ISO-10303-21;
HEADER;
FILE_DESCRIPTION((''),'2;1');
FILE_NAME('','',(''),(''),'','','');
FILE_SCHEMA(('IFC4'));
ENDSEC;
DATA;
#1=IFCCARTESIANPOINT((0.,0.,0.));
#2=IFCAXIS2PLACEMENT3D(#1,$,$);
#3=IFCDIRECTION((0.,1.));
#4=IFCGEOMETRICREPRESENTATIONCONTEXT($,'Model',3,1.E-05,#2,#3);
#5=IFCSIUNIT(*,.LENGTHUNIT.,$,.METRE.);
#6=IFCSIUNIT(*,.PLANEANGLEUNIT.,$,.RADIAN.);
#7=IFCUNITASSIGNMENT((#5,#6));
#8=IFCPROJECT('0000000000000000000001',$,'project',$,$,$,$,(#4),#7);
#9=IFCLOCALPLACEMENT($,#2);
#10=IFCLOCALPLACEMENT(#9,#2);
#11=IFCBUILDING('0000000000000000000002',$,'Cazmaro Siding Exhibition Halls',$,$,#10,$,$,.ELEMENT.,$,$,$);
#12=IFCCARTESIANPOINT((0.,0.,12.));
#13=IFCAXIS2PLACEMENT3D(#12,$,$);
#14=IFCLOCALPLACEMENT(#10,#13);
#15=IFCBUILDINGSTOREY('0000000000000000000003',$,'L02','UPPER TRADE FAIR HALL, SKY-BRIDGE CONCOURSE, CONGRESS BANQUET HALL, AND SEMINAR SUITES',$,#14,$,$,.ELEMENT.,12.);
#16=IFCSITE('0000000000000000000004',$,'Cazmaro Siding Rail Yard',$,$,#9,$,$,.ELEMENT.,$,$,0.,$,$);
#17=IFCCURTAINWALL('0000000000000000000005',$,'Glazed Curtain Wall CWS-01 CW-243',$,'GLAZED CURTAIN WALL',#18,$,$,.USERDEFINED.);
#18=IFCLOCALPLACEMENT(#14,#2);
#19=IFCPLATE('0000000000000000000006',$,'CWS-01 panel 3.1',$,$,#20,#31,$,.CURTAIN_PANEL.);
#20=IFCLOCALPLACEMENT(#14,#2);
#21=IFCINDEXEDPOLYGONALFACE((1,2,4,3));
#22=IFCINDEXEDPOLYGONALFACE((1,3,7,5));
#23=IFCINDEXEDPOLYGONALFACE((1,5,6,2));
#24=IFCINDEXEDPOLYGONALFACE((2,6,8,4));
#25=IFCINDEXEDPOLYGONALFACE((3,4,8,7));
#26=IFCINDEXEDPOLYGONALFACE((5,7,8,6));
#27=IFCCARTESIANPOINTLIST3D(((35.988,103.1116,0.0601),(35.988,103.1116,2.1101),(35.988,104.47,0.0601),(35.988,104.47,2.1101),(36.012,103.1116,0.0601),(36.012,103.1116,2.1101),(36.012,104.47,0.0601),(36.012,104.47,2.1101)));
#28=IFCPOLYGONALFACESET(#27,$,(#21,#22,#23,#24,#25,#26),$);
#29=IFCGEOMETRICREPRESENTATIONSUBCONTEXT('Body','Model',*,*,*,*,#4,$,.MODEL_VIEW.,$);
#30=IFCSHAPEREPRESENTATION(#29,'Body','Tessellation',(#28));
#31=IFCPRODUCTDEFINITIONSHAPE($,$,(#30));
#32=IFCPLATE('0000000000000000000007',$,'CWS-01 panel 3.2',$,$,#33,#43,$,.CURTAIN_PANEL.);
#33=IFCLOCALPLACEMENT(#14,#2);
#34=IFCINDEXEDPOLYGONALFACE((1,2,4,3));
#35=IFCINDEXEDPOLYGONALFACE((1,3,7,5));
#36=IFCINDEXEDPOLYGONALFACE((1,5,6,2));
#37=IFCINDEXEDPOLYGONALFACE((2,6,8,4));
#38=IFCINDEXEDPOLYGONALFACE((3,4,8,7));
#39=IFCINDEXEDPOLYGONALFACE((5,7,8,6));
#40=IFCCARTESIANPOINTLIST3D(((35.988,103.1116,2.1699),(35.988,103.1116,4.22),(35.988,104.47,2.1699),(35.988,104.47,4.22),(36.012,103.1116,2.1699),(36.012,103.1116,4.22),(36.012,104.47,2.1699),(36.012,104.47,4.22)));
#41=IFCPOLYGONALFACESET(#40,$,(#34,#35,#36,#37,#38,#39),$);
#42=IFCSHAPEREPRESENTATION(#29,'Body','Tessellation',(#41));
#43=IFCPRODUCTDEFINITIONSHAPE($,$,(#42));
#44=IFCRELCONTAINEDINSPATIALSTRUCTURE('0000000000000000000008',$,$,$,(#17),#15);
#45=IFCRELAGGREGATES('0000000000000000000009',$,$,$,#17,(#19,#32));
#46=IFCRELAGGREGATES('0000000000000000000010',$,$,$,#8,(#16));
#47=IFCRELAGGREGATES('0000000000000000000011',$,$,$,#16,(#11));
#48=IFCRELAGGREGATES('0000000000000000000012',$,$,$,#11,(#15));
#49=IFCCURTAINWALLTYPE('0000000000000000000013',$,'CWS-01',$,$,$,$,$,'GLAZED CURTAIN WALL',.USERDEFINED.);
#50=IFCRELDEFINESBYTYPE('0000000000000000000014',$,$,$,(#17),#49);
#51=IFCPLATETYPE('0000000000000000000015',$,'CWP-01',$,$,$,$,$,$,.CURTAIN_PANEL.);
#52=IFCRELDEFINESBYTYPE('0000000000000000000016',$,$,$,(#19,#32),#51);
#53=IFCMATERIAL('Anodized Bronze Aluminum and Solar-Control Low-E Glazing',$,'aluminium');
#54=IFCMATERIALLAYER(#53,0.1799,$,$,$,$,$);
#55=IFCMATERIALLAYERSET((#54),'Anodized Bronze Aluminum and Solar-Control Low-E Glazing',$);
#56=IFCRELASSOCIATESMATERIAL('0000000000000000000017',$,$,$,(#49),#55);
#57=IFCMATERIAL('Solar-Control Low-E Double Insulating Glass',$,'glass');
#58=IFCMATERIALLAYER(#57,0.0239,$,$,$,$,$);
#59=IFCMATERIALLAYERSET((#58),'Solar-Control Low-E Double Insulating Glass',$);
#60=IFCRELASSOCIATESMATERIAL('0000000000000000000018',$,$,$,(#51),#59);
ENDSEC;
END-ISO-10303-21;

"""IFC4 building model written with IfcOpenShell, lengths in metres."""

from ifc_helpers import new_model, si_unit, direction, frame, origin, origin_2d, place, context, subcontext, project, spatial, rectangle, extrude, material, layer, layer_set, type_object, element, aggregate, save


model = new_model("IFC4")

# Units and contexts
model_context = context("Model", 3, precision=1e-05, world=origin(), true_north=direction((0.0, 1.0)))
body_context = subcontext(model_context, "Body", "Model", "MODEL_VIEW")
ifc_project = project(units=[si_unit("LENGTHUNIT", "METRE"), si_unit("PLANEANGLEUNIT", "RADIAN")], contexts=[model_context])

# Site, building, storey
site_placement = place(None, origin())
site = spatial("IfcSite", under=ifc_project, at=site_placement, Name="Cazmaro Siding Rail Yard", CompositionType="ELEMENT", RefElevation=0.0)
building_placement = place(site_placement, origin())
building = spatial("IfcBuilding", under=site, at=building_placement, Name="Cazmaro Siding Exhibition Halls", CompositionType="ELEMENT")
storey_placement = place(building_placement, frame((0.0, 0.0, 12.0)))
storey = spatial("IfcBuildingStorey", under=building, at=storey_placement, Name="L02", Description="UPPER TRADE FAIR HALL, SKY-BRIDGE CONCOURSE, CONGRESS BANQUET HALL, AND SEMINAR SUITES", CompositionType="ELEMENT", Elevation=12.0)

# Curtain wall
ifc_material_1 = material(Name="Anodized Bronze Aluminum and Solar-Control Low-E Glazing", Category="aluminium")
ifc_layer_1 = layer(ifc_material_1, 0.1799)
ifc_layer_set_1 = layer_set([ifc_layer_1], Name="Anodized Bronze Aluminum and Solar-Control Low-E Glazing")
curtain_wall_type = type_object("IfcCurtainWallType", Name="CWS-01", ElementType="GLAZED CURTAIN WALL", PredefinedType="USERDEFINED", material=ifc_layer_set_1)
curtain_wall_1_placement = place(storey_placement, origin())
curtain_wall_1 = element("IfcCurtainWall", 1, at=curtain_wall_1_placement, inside=storey, type_object=curtain_wall_type, Name="Glazed Curtain Wall CWS-01 CW-243", ObjectType="GLAZED CURTAIN WALL", PredefinedType="USERDEFINED")

# Plates
ifc_material_2 = material(Name="Solar-Control Low-E Double Insulating Glass", Category="glass")
ifc_layer_2 = layer(ifc_material_2, 0.0239)
ifc_layer_set_2 = layer_set([ifc_layer_2], Name="Solar-Control Low-E Double Insulating Glass")
plate_type = type_object("IfcPlateType", Name="CWP-01", PredefinedType="CURTAIN_PANEL", material=ifc_layer_set_2)
plate_1_placement = place(storey_placement, frame((36.0, 103.7908, 0.0601), z_axis=(0.0, 0.0, 1.0), x_axis=(0.0, 1.0, 0.0)))
plate_1 = element("IfcPlate", 2, at=plate_1_placement, type_object=plate_type, Name="CWS-01 panel 3.1", PredefinedType="CURTAIN_PANEL", context=body_context, shape_type="SweptSolid", body=[
    extrude(rectangle(XDim=1.3584, YDim=0.0239, at=origin_2d()), origin(), (0.0, 0.0, 1.0), 2.05),
])
plate_2_placement = place(storey_placement, frame((36.0, 103.7908, 2.1699), z_axis=(0.0, 0.0, 1.0), x_axis=(0.0, 1.0, 0.0)))
plate_2 = element("IfcPlate", 3, at=plate_2_placement, type_object=plate_type, Name="CWS-01 panel 3.2", PredefinedType="CURTAIN_PANEL", context=body_context, shape_type="SweptSolid", body=[
    extrude(rectangle(XDim=1.3584, YDim=0.0239, at=origin_2d()), origin(), (0.0, 0.0, 1.0), 2.05),
])
aggregate(curtain_wall_1, [plate_1, plate_2])

save(model, "model.ifc")
